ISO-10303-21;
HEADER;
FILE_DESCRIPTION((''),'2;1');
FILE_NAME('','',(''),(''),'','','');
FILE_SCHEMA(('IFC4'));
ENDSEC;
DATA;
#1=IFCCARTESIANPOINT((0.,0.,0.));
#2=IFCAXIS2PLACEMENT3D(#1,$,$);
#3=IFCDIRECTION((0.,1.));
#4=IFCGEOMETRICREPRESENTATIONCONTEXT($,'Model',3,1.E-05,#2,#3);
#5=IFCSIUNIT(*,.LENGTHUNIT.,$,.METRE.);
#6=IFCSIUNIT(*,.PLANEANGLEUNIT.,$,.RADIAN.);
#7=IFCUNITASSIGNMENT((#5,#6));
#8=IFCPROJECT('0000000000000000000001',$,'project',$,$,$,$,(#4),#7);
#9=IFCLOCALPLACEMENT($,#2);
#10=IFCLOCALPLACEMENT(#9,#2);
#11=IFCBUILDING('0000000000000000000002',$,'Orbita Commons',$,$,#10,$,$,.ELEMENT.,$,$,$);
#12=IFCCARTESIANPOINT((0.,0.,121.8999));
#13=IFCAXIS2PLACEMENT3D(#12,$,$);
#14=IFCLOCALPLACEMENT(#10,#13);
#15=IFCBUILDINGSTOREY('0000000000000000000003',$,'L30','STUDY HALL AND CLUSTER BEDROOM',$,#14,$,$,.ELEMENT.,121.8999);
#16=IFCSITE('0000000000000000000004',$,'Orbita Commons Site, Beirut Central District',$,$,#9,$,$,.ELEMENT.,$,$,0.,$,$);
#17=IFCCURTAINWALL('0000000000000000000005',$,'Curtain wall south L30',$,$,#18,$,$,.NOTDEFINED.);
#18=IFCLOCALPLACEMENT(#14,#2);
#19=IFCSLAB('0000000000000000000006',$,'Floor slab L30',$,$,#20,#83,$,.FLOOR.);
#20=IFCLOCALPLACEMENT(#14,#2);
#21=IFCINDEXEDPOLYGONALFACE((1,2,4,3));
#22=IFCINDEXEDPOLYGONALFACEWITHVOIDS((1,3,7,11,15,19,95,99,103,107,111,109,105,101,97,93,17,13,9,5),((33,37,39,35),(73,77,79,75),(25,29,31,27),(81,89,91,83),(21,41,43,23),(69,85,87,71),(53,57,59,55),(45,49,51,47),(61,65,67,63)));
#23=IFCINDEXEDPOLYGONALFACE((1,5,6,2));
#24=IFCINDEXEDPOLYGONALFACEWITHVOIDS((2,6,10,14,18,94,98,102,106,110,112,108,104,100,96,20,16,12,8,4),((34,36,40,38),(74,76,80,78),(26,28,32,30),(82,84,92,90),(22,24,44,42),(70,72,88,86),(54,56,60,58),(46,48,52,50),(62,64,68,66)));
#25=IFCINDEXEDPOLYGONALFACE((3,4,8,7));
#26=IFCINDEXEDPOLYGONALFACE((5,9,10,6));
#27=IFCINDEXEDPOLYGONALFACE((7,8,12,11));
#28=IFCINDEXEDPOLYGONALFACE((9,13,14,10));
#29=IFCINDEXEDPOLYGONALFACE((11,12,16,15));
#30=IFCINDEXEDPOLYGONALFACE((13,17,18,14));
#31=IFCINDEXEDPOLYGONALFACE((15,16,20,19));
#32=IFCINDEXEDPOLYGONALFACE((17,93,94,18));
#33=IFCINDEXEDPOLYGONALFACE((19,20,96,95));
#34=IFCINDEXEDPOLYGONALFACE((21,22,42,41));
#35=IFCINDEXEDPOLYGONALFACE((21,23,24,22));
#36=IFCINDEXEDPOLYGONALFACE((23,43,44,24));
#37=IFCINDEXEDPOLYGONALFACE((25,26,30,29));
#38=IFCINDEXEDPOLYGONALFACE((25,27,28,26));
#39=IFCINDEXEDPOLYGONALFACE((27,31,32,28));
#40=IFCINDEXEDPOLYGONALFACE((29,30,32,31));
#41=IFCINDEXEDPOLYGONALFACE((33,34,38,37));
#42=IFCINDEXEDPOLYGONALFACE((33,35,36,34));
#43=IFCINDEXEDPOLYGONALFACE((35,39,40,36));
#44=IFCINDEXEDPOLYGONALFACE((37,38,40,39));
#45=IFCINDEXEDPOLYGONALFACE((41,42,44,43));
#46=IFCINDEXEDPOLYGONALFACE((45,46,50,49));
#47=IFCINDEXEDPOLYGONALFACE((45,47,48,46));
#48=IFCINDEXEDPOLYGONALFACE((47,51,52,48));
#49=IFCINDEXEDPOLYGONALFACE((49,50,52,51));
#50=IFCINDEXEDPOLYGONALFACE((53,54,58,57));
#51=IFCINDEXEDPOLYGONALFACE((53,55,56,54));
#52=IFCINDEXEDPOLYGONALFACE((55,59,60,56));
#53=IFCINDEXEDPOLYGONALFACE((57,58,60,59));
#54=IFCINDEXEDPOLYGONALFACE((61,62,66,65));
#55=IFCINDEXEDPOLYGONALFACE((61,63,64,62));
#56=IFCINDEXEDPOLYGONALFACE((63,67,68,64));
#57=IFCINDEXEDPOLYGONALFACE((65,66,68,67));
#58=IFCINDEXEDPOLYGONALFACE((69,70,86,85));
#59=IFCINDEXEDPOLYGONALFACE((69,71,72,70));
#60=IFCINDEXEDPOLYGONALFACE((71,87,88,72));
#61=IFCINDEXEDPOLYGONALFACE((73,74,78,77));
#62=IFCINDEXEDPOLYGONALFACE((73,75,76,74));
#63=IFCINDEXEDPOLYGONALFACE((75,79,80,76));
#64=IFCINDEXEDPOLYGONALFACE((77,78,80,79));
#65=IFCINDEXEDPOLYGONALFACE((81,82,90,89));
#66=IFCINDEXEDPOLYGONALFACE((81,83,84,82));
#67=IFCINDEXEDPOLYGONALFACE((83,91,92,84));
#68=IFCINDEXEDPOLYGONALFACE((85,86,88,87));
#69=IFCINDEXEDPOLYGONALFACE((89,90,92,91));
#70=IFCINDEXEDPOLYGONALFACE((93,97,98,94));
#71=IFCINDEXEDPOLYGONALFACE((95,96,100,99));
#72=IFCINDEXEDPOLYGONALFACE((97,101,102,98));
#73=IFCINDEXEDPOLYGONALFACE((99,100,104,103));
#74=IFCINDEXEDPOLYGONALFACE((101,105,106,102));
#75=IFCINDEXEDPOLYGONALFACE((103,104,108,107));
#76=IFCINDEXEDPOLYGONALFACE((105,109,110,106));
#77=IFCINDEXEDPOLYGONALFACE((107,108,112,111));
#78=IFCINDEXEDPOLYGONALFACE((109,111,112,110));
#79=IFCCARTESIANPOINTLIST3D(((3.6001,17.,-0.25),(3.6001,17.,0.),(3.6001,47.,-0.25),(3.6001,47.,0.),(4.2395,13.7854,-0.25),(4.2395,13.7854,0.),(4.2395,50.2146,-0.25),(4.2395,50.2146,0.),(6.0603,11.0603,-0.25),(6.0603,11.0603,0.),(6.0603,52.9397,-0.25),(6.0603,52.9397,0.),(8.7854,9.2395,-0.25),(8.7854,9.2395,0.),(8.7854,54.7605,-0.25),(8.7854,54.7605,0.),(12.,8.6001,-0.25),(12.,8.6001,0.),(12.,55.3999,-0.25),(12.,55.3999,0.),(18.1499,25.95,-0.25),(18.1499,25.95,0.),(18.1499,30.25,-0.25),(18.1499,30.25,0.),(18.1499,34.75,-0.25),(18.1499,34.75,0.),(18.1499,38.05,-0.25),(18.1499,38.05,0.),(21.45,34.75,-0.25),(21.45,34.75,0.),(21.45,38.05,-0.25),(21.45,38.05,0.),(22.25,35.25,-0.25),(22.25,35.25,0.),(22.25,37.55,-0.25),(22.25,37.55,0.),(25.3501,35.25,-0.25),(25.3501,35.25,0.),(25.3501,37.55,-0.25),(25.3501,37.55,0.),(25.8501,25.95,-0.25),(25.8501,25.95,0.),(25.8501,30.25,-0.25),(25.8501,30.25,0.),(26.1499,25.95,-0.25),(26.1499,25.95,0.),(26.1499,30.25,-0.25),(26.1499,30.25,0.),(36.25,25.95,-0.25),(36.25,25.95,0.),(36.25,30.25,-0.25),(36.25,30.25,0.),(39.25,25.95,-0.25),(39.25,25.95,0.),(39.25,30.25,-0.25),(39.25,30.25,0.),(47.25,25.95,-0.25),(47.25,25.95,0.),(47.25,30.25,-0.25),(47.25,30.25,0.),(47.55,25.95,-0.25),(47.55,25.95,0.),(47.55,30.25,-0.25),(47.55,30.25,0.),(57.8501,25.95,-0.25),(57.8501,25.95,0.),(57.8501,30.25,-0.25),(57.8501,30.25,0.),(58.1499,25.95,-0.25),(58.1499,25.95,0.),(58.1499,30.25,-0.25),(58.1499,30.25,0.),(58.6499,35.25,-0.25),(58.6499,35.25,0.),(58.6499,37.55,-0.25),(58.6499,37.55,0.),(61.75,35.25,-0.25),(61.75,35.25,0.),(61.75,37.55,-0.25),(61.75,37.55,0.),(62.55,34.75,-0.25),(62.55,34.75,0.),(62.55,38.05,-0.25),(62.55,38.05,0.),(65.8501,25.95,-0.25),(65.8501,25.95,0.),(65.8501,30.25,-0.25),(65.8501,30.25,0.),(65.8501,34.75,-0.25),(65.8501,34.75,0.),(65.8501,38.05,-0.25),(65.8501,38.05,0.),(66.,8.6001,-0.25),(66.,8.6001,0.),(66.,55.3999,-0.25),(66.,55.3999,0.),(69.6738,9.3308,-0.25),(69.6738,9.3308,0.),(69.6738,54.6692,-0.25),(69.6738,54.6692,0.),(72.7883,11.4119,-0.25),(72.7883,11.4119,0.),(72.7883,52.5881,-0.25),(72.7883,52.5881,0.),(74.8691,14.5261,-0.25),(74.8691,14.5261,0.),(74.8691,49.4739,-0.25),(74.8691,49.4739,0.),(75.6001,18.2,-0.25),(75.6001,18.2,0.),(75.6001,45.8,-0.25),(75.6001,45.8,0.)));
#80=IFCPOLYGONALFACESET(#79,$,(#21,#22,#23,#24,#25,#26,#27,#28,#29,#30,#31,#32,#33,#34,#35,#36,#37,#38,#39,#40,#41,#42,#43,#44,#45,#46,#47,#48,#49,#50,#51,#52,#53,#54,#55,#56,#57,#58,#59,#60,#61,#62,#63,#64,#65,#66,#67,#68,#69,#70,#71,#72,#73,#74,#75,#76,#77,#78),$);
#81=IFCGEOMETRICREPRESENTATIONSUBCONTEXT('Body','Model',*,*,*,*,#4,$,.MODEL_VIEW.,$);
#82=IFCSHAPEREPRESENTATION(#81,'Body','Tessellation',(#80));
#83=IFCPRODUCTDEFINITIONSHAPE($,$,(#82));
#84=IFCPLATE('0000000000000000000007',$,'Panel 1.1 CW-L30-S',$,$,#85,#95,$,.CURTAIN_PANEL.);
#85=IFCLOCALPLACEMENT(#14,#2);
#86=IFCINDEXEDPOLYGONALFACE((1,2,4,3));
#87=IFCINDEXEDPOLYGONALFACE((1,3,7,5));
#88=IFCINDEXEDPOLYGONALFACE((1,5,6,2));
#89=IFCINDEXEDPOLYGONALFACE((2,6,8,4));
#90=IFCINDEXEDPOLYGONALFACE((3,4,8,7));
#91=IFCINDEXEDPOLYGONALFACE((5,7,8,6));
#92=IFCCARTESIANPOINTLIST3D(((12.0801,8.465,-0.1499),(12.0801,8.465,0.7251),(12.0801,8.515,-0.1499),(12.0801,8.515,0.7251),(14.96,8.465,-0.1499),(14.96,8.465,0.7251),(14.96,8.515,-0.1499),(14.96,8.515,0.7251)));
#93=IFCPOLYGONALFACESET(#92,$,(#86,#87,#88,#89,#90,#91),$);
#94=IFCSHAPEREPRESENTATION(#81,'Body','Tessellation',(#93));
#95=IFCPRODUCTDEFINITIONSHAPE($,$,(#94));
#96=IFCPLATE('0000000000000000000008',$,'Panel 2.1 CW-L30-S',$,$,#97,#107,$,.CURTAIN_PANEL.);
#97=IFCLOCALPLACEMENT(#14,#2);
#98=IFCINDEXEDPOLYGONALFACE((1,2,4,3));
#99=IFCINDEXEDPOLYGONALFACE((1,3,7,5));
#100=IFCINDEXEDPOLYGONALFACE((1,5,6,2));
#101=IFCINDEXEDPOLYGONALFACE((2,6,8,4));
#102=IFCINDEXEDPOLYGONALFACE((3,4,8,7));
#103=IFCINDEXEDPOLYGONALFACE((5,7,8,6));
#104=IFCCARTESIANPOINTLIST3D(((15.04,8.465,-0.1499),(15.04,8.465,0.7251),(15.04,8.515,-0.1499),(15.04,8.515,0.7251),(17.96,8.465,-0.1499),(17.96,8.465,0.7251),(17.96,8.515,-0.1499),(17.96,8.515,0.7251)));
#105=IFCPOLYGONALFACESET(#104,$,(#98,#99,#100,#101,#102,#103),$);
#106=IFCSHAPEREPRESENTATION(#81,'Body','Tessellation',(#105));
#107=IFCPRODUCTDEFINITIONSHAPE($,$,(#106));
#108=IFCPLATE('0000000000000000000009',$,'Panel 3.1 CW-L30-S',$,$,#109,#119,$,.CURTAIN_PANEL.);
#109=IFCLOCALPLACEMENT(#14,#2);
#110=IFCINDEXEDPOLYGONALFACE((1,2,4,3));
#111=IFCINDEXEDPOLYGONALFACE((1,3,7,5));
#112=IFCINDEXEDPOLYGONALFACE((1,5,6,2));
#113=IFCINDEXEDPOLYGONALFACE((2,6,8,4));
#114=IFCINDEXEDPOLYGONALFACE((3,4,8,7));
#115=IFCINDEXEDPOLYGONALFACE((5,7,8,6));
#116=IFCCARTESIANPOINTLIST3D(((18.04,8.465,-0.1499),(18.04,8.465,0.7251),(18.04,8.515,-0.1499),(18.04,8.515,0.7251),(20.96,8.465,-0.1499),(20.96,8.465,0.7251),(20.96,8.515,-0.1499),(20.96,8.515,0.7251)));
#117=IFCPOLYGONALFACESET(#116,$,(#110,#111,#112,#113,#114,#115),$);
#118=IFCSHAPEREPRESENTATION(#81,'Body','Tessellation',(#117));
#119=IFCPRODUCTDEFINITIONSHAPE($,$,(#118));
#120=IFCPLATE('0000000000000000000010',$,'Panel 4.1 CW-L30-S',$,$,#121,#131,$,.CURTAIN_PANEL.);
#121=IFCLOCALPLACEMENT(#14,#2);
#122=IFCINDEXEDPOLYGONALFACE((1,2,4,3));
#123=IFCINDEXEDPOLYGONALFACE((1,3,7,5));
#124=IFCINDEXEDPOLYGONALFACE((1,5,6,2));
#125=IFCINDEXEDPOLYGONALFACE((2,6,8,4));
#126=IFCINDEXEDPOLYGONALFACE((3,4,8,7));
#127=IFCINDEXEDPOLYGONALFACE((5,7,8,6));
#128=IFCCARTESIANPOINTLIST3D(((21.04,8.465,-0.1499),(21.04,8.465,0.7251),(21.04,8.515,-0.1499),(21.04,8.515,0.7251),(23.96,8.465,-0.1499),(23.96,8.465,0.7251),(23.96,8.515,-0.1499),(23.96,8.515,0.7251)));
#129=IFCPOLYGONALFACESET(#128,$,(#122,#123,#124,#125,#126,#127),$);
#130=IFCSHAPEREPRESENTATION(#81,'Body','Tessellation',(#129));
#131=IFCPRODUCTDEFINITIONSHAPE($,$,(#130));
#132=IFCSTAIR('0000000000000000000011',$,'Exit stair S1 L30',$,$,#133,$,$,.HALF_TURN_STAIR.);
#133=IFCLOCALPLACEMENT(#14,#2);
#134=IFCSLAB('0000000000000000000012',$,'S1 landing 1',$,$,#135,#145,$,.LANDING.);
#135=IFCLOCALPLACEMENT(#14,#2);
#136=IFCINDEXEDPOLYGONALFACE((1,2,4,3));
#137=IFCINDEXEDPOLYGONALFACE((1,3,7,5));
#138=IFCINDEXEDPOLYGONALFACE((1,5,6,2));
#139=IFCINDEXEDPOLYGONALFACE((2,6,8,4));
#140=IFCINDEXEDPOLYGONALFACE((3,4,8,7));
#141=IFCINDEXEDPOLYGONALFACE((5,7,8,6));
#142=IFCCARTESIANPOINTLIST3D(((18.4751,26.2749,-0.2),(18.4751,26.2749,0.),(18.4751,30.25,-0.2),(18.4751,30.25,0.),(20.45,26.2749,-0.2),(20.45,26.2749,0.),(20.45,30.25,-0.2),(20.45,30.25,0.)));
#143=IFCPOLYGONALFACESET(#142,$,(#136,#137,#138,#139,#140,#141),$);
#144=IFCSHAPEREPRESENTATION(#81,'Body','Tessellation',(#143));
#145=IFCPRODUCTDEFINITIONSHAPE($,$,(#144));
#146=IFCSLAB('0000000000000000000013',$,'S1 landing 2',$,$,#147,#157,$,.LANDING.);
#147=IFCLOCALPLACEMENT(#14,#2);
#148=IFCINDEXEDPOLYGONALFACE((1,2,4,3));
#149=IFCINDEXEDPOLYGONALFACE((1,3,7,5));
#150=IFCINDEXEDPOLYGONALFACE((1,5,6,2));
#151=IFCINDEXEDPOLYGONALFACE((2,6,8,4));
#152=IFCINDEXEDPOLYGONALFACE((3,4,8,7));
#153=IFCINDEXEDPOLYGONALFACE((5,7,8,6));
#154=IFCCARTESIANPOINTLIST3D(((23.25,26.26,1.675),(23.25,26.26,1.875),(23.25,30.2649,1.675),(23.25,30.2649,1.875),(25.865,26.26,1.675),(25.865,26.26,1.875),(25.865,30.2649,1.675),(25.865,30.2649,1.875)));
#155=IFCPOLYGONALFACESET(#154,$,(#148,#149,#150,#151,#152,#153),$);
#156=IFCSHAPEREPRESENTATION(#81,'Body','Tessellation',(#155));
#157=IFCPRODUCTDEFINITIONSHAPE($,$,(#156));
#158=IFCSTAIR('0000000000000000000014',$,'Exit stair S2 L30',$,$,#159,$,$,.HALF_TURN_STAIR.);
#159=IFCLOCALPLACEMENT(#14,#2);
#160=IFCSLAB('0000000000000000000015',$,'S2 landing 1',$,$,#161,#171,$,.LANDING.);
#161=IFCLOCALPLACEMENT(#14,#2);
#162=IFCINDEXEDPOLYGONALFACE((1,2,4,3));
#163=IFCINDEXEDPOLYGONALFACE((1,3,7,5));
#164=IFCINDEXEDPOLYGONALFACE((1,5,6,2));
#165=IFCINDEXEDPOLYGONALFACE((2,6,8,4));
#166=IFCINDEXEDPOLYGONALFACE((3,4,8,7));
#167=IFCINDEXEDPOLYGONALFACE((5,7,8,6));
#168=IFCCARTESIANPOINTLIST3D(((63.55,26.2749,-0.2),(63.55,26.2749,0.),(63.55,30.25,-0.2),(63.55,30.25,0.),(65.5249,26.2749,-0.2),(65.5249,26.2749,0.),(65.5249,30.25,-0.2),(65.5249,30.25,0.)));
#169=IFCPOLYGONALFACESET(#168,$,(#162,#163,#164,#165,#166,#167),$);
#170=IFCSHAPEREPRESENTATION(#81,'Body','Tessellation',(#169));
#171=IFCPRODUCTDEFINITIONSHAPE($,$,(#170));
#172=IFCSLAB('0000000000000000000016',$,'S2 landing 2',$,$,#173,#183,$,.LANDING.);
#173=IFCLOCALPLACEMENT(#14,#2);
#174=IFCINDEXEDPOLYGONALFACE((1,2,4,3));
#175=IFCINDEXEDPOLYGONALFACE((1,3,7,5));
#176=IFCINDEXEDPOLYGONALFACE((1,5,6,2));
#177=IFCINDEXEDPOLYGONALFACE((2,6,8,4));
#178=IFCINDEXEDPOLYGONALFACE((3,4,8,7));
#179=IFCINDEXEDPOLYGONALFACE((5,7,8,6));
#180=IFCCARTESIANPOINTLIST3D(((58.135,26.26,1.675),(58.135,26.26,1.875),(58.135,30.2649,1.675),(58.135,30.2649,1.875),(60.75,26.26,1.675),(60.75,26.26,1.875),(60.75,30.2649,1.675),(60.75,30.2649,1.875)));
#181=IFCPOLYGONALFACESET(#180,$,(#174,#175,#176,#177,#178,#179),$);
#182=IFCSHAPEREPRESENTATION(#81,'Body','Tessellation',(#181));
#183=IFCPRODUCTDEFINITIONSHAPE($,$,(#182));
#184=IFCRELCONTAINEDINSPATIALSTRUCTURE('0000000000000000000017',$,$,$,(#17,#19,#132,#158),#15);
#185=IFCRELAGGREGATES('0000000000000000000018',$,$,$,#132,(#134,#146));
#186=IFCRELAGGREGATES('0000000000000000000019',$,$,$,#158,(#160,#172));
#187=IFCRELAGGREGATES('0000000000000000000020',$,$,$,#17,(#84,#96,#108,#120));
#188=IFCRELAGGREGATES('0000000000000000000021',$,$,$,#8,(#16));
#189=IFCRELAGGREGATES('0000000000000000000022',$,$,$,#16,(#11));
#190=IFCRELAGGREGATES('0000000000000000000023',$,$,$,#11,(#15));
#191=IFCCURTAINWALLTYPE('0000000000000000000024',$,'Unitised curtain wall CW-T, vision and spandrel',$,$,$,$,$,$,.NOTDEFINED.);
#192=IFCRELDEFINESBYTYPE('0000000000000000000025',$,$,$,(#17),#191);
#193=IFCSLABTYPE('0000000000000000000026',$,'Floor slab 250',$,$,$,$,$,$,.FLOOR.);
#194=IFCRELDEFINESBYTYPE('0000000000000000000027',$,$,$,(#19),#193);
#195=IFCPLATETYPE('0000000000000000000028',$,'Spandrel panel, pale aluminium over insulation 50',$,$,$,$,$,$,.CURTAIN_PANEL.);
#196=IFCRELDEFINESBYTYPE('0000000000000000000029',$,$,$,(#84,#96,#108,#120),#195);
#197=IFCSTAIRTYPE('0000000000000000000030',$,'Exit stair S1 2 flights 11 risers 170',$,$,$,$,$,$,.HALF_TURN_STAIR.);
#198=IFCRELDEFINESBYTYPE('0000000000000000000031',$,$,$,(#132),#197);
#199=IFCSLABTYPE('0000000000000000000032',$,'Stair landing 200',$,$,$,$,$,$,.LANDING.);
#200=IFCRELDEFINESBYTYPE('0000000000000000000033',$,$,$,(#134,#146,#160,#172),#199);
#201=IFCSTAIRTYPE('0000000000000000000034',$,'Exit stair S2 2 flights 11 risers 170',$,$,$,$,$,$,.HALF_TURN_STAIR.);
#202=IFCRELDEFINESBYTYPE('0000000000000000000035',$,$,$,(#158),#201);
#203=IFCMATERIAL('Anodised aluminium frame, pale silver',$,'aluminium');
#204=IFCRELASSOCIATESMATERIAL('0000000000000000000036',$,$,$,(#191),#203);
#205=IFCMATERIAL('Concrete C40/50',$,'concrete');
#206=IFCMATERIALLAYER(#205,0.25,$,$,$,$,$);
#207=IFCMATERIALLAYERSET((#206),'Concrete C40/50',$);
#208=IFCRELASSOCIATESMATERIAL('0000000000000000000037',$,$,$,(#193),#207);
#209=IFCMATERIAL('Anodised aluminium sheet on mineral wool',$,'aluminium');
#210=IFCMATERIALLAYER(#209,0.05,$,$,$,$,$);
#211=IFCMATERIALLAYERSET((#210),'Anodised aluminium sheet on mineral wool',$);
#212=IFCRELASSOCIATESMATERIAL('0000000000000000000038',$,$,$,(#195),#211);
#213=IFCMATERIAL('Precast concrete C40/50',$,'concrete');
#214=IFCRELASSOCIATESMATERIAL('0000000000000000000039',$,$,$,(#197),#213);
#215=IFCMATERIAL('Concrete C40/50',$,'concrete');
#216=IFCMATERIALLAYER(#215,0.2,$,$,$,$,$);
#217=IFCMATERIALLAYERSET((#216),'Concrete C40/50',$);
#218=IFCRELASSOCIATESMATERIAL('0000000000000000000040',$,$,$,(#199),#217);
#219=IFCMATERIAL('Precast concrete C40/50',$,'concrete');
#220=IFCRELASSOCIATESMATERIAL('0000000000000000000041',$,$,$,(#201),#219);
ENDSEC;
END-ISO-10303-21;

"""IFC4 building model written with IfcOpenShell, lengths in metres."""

from ifc_helpers import new_model, si_unit, direction, frame, origin, origin_2d, place, context, subcontext, project, spatial, polyline, rectangle, outline, extrude, material, layer, layer_set, type_object, element, aggregate, save


model = new_model("IFC4")

# Units and contexts
model_context = context("Model", 3, precision=1e-05, world=origin(), true_north=direction((0.0, 1.0)))
body_context = subcontext(model_context, "Body", "Model", "MODEL_VIEW")
ifc_project = project(units=[si_unit("LENGTHUNIT", "METRE"), si_unit("PLANEANGLEUNIT", "RADIAN")], contexts=[model_context])

# Site, building, storey
site_placement = place(None, origin())
site = spatial("IfcSite", under=ifc_project, at=site_placement, Name="Orbita Commons Site, Beirut Central District", CompositionType="ELEMENT", RefElevation=0.0)
building_placement = place(site_placement, origin())
building = spatial("IfcBuilding", under=site, at=building_placement, Name="Orbita Commons", CompositionType="ELEMENT")
storey_placement = place(building_placement, frame((0.0, 0.0, 121.8999)))
storey = spatial("IfcBuildingStorey", under=building, at=storey_placement, Name="L30", Description="STUDY HALL AND CLUSTER BEDROOM", CompositionType="ELEMENT", Elevation=121.8999)

# Curtain wall
ifc_material_1 = material(Name="Anodised aluminium frame, pale silver", Category="aluminium")
curtain_wall_type = type_object("IfcCurtainWallType", Name="Unitised curtain wall CW-T, vision and spandrel", PredefinedType="NOTDEFINED", material=ifc_material_1)
curtain_wall_placement = place(storey_placement, origin())
curtain_wall = element("IfcCurtainWall", 1, at=curtain_wall_placement, inside=storey, type_object=curtain_wall_type, Name="Curtain wall south L30", PredefinedType="NOTDEFINED")

# Slab
ifc_material_2 = material(Name="Concrete C40/50", Category="concrete")
ifc_layer_1 = layer(ifc_material_2, 0.25)
ifc_layer_set_1 = layer_set([ifc_layer_1], Name="Concrete C40/50")
slab_type_1 = type_object("IfcSlabType", Name="Floor slab 250", PredefinedType="FLOOR", material=ifc_layer_set_1)
slab_1_placement = place(storey_placement, frame((0.0, 0.0, -0.25)))
element("IfcSlab", 2, at=slab_1_placement, inside=storey, type_object=slab_type_1, Name="Floor slab L30", PredefinedType="FLOOR", context=body_context, shape_type="SweptSolid", body=[
    extrude(outline(polyline([(66.0, 8.6001), (69.6738, 9.3308), (72.7883, 11.4119), (74.8691, 14.5261), (75.6001, 18.2), (75.6001, 45.8), (74.8691, 49.4739), (72.7883, 52.5881), (69.6738, 54.6692), (66.0, 55.3999), (12.0, 55.3999), (8.7854, 54.7605), (6.0603, 52.9397), (4.2395, 50.2146), (3.6001, 47.0), (3.6001, 17.0), (4.2395, 13.7854), (6.0603, 11.0603), (8.7854, 9.2395), (12.0, 8.6001), (66.0, 8.6001)]), holes=[polyline([(18.1499, 25.95), (25.8501, 25.95), (25.8501, 30.25), (18.1499, 30.25), (18.1499, 25.95)]), polyline([(58.1499, 25.95), (65.8501, 25.95), (65.8501, 30.25), (58.1499, 30.25), (58.1499, 25.95)]), polyline([(18.1499, 34.75), (21.45, 34.75), (21.45, 38.05), (18.1499, 38.05), (18.1499, 34.75)]), polyline([(62.55, 34.75), (65.8501, 34.75), (65.8501, 38.05), (62.55, 38.05), (62.55, 34.75)]), polyline([(22.25, 35.25), (25.3501, 35.25), (25.3501, 37.55), (22.25, 37.55), (22.25, 35.25)]), polyline([(58.6499, 35.25), (61.75, 35.25), (61.75, 37.55), (58.6499, 37.55), (58.6499, 35.25)]), polyline([(26.1499, 25.95), (36.25, 25.95), (36.25, 30.25), (26.1499, 30.25), (26.1499, 25.95)]), polyline([(39.25, 25.95), (47.25, 25.95), (47.25, 30.25), (39.25, 30.25), (39.25, 25.95)]), polyline([(47.55, 25.95), (57.8501, 25.95), (57.8501, 30.25), (47.55, 30.25), (47.55, 25.95)])]), origin(), (0.0, 0.0, 1.0), 0.25),
])

# Plates
ifc_material_3 = material(Name="Anodised aluminium sheet on mineral wool", Category="aluminium")
ifc_layer_2 = layer(ifc_material_3, 0.05)
ifc_layer_set_2 = layer_set([ifc_layer_2], Name="Anodised aluminium sheet on mineral wool")
plate_type_1 = type_object("IfcPlateType", Name="Spandrel panel, pale aluminium over insulation 50", PredefinedType="CURTAIN_PANEL", material=ifc_layer_set_2)
plate_1_placement = place(storey_placement, frame((13.52, 8.49, -0.1499), z_axis=(0.0, 0.0, 1.0), x_axis=(1.0, 0.0, 0.0)))
plate_1 = element("IfcPlate", 3, at=plate_1_placement, type_object=plate_type_1, Name="Panel 1.1 CW-L30-S", PredefinedType="CURTAIN_PANEL", context=body_context, shape_type="SweptSolid", body=[
    extrude(rectangle(XDim=2.8799, YDim=0.05, at=origin_2d()), origin(), (0.0, 0.0, 1.0), 0.875),
])
plate_2_placement = place(storey_placement, frame((16.5, 8.49, -0.1499), z_axis=(0.0, 0.0, 1.0), x_axis=(1.0, 0.0, 0.0)))
plate_2 = element("IfcPlate", 4, at=plate_2_placement, type_object=plate_type_1, Name="Panel 2.1 CW-L30-S", PredefinedType="CURTAIN_PANEL", context=body_context, shape_type="SweptSolid", body=[
    extrude(rectangle(XDim=2.9199, YDim=0.05, at=origin_2d()), origin(), (0.0, 0.0, 1.0), 0.875),
])
plate_3_placement = place(storey_placement, frame((19.5, 8.49, -0.1499), z_axis=(0.0, 0.0, 1.0), x_axis=(1.0, 0.0, 0.0)))
plate_3 = element("IfcPlate", 5, at=plate_3_placement, type_object=plate_type_1, Name="Panel 3.1 CW-L30-S", PredefinedType="CURTAIN_PANEL", context=body_context, shape_type="SweptSolid", body=[
    extrude(rectangle(XDim=2.9199, YDim=0.05, at=origin_2d()), origin(), (0.0, 0.0, 1.0), 0.875),
])
plate_4_placement = place(storey_placement, frame((22.5, 8.49, -0.1499), z_axis=(0.0, 0.0, 1.0), x_axis=(1.0, 0.0, 0.0)))
plate_4 = element("IfcPlate", 6, at=plate_4_placement, type_object=plate_type_1, Name="Panel 4.1 CW-L30-S", PredefinedType="CURTAIN_PANEL", context=body_context, shape_type="SweptSolid", body=[
    extrude(rectangle(XDim=2.9199, YDim=0.05, at=origin_2d()), origin(), (0.0, 0.0, 1.0), 0.875),
])

# Stairs, slabs
ifc_material_4 = material(Name="Precast concrete C40/50", Category="concrete")
stair_type_1 = type_object("IfcStairType", Name="Exit stair S1 2 flights 11 risers 170", PredefinedType="HALF_TURN_STAIR", material=ifc_material_4)
stair_1_placement = place(storey_placement, origin())
stair_1 = element("IfcStair", 7, at=stair_1_placement, inside=storey, type_object=stair_type_1, Name="Exit stair S1 L30", PredefinedType="HALF_TURN_STAIR")
ifc_material_5 = material(Name="Concrete C40/50", Category="concrete")
ifc_layer_3 = layer(ifc_material_5, 0.2)
ifc_layer_set_3 = layer_set([ifc_layer_3], Name="Concrete C40/50")
slab_type_2 = type_object("IfcSlabType", Name="Stair landing 200", PredefinedType="LANDING", material=ifc_layer_set_3)
slab_2_placement = place(storey_placement, frame((0.0, 0.0, -0.2)))
slab_2 = element("IfcSlab", 8, at=slab_2_placement, type_object=slab_type_2, Name="S1 landing 1", PredefinedType="LANDING", context=body_context, shape_type="SweptSolid", body=[
    extrude(outline(polyline([(18.4751, 26.2749), (20.45, 26.2749), (20.45, 30.25), (18.4751, 30.25), (18.4751, 26.2749)])), origin(), (0.0, 0.0, 1.0), 0.2),
])
slab_3_placement = place(storey_placement, frame((0.0, 0.0, 1.675)))
slab_3 = element("IfcSlab", 9, at=slab_3_placement, type_object=slab_type_2, Name="S1 landing 2", PredefinedType="LANDING", context=body_context, shape_type="SweptSolid", body=[
    extrude(outline(polyline([(23.25, 26.26), (25.865, 26.26), (25.865, 30.2649), (23.25, 30.2649), (23.25, 26.26)])), origin(), (0.0, 0.0, 1.0), 0.2),
])
aggregate(stair_1, [slab_2, slab_3])
ifc_material_6 = material(Name="Precast concrete C40/50", Category="concrete")
stair_type_2 = type_object("IfcStairType", Name="Exit stair S2 2 flights 11 risers 170", PredefinedType="HALF_TURN_STAIR", material=ifc_material_6)
stair_2_placement = place(storey_placement, origin())
stair_2 = element("IfcStair", 10, at=stair_2_placement, inside=storey, type_object=stair_type_2, Name="Exit stair S2 L30", PredefinedType="HALF_TURN_STAIR")
slab_4_placement = place(storey_placement, frame((0.0, 0.0, -0.2)))
slab_4 = element("IfcSlab", 11, at=slab_4_placement, type_object=slab_type_2, Name="S2 landing 1", PredefinedType="LANDING", context=body_context, shape_type="SweptSolid", body=[
    extrude(outline(polyline([(63.55, 26.2749), (65.5249, 26.2749), (65.5249, 30.25), (63.55, 30.25), (63.55, 26.2749)])), origin(), (0.0, 0.0, 1.0), 0.2),
])
slab_5_placement = place(storey_placement, frame((0.0, 0.0, 1.675)))
slab_5 = element("IfcSlab", 12, at=slab_5_placement, type_object=slab_type_2, Name="S2 landing 2", PredefinedType="LANDING", context=body_context, shape_type="SweptSolid", body=[
    extrude(outline(polyline([(58.135, 26.26), (60.75, 26.26), (60.75, 30.2649), (58.135, 30.2649), (58.135, 26.26)])), origin(), (0.0, 0.0, 1.0), 0.2),
])
aggregate(stair_2, [slab_4, slab_5])

aggregate(curtain_wall, [plate_1, plate_2, plate_3, plate_4])

save(model, "model.ifc")
